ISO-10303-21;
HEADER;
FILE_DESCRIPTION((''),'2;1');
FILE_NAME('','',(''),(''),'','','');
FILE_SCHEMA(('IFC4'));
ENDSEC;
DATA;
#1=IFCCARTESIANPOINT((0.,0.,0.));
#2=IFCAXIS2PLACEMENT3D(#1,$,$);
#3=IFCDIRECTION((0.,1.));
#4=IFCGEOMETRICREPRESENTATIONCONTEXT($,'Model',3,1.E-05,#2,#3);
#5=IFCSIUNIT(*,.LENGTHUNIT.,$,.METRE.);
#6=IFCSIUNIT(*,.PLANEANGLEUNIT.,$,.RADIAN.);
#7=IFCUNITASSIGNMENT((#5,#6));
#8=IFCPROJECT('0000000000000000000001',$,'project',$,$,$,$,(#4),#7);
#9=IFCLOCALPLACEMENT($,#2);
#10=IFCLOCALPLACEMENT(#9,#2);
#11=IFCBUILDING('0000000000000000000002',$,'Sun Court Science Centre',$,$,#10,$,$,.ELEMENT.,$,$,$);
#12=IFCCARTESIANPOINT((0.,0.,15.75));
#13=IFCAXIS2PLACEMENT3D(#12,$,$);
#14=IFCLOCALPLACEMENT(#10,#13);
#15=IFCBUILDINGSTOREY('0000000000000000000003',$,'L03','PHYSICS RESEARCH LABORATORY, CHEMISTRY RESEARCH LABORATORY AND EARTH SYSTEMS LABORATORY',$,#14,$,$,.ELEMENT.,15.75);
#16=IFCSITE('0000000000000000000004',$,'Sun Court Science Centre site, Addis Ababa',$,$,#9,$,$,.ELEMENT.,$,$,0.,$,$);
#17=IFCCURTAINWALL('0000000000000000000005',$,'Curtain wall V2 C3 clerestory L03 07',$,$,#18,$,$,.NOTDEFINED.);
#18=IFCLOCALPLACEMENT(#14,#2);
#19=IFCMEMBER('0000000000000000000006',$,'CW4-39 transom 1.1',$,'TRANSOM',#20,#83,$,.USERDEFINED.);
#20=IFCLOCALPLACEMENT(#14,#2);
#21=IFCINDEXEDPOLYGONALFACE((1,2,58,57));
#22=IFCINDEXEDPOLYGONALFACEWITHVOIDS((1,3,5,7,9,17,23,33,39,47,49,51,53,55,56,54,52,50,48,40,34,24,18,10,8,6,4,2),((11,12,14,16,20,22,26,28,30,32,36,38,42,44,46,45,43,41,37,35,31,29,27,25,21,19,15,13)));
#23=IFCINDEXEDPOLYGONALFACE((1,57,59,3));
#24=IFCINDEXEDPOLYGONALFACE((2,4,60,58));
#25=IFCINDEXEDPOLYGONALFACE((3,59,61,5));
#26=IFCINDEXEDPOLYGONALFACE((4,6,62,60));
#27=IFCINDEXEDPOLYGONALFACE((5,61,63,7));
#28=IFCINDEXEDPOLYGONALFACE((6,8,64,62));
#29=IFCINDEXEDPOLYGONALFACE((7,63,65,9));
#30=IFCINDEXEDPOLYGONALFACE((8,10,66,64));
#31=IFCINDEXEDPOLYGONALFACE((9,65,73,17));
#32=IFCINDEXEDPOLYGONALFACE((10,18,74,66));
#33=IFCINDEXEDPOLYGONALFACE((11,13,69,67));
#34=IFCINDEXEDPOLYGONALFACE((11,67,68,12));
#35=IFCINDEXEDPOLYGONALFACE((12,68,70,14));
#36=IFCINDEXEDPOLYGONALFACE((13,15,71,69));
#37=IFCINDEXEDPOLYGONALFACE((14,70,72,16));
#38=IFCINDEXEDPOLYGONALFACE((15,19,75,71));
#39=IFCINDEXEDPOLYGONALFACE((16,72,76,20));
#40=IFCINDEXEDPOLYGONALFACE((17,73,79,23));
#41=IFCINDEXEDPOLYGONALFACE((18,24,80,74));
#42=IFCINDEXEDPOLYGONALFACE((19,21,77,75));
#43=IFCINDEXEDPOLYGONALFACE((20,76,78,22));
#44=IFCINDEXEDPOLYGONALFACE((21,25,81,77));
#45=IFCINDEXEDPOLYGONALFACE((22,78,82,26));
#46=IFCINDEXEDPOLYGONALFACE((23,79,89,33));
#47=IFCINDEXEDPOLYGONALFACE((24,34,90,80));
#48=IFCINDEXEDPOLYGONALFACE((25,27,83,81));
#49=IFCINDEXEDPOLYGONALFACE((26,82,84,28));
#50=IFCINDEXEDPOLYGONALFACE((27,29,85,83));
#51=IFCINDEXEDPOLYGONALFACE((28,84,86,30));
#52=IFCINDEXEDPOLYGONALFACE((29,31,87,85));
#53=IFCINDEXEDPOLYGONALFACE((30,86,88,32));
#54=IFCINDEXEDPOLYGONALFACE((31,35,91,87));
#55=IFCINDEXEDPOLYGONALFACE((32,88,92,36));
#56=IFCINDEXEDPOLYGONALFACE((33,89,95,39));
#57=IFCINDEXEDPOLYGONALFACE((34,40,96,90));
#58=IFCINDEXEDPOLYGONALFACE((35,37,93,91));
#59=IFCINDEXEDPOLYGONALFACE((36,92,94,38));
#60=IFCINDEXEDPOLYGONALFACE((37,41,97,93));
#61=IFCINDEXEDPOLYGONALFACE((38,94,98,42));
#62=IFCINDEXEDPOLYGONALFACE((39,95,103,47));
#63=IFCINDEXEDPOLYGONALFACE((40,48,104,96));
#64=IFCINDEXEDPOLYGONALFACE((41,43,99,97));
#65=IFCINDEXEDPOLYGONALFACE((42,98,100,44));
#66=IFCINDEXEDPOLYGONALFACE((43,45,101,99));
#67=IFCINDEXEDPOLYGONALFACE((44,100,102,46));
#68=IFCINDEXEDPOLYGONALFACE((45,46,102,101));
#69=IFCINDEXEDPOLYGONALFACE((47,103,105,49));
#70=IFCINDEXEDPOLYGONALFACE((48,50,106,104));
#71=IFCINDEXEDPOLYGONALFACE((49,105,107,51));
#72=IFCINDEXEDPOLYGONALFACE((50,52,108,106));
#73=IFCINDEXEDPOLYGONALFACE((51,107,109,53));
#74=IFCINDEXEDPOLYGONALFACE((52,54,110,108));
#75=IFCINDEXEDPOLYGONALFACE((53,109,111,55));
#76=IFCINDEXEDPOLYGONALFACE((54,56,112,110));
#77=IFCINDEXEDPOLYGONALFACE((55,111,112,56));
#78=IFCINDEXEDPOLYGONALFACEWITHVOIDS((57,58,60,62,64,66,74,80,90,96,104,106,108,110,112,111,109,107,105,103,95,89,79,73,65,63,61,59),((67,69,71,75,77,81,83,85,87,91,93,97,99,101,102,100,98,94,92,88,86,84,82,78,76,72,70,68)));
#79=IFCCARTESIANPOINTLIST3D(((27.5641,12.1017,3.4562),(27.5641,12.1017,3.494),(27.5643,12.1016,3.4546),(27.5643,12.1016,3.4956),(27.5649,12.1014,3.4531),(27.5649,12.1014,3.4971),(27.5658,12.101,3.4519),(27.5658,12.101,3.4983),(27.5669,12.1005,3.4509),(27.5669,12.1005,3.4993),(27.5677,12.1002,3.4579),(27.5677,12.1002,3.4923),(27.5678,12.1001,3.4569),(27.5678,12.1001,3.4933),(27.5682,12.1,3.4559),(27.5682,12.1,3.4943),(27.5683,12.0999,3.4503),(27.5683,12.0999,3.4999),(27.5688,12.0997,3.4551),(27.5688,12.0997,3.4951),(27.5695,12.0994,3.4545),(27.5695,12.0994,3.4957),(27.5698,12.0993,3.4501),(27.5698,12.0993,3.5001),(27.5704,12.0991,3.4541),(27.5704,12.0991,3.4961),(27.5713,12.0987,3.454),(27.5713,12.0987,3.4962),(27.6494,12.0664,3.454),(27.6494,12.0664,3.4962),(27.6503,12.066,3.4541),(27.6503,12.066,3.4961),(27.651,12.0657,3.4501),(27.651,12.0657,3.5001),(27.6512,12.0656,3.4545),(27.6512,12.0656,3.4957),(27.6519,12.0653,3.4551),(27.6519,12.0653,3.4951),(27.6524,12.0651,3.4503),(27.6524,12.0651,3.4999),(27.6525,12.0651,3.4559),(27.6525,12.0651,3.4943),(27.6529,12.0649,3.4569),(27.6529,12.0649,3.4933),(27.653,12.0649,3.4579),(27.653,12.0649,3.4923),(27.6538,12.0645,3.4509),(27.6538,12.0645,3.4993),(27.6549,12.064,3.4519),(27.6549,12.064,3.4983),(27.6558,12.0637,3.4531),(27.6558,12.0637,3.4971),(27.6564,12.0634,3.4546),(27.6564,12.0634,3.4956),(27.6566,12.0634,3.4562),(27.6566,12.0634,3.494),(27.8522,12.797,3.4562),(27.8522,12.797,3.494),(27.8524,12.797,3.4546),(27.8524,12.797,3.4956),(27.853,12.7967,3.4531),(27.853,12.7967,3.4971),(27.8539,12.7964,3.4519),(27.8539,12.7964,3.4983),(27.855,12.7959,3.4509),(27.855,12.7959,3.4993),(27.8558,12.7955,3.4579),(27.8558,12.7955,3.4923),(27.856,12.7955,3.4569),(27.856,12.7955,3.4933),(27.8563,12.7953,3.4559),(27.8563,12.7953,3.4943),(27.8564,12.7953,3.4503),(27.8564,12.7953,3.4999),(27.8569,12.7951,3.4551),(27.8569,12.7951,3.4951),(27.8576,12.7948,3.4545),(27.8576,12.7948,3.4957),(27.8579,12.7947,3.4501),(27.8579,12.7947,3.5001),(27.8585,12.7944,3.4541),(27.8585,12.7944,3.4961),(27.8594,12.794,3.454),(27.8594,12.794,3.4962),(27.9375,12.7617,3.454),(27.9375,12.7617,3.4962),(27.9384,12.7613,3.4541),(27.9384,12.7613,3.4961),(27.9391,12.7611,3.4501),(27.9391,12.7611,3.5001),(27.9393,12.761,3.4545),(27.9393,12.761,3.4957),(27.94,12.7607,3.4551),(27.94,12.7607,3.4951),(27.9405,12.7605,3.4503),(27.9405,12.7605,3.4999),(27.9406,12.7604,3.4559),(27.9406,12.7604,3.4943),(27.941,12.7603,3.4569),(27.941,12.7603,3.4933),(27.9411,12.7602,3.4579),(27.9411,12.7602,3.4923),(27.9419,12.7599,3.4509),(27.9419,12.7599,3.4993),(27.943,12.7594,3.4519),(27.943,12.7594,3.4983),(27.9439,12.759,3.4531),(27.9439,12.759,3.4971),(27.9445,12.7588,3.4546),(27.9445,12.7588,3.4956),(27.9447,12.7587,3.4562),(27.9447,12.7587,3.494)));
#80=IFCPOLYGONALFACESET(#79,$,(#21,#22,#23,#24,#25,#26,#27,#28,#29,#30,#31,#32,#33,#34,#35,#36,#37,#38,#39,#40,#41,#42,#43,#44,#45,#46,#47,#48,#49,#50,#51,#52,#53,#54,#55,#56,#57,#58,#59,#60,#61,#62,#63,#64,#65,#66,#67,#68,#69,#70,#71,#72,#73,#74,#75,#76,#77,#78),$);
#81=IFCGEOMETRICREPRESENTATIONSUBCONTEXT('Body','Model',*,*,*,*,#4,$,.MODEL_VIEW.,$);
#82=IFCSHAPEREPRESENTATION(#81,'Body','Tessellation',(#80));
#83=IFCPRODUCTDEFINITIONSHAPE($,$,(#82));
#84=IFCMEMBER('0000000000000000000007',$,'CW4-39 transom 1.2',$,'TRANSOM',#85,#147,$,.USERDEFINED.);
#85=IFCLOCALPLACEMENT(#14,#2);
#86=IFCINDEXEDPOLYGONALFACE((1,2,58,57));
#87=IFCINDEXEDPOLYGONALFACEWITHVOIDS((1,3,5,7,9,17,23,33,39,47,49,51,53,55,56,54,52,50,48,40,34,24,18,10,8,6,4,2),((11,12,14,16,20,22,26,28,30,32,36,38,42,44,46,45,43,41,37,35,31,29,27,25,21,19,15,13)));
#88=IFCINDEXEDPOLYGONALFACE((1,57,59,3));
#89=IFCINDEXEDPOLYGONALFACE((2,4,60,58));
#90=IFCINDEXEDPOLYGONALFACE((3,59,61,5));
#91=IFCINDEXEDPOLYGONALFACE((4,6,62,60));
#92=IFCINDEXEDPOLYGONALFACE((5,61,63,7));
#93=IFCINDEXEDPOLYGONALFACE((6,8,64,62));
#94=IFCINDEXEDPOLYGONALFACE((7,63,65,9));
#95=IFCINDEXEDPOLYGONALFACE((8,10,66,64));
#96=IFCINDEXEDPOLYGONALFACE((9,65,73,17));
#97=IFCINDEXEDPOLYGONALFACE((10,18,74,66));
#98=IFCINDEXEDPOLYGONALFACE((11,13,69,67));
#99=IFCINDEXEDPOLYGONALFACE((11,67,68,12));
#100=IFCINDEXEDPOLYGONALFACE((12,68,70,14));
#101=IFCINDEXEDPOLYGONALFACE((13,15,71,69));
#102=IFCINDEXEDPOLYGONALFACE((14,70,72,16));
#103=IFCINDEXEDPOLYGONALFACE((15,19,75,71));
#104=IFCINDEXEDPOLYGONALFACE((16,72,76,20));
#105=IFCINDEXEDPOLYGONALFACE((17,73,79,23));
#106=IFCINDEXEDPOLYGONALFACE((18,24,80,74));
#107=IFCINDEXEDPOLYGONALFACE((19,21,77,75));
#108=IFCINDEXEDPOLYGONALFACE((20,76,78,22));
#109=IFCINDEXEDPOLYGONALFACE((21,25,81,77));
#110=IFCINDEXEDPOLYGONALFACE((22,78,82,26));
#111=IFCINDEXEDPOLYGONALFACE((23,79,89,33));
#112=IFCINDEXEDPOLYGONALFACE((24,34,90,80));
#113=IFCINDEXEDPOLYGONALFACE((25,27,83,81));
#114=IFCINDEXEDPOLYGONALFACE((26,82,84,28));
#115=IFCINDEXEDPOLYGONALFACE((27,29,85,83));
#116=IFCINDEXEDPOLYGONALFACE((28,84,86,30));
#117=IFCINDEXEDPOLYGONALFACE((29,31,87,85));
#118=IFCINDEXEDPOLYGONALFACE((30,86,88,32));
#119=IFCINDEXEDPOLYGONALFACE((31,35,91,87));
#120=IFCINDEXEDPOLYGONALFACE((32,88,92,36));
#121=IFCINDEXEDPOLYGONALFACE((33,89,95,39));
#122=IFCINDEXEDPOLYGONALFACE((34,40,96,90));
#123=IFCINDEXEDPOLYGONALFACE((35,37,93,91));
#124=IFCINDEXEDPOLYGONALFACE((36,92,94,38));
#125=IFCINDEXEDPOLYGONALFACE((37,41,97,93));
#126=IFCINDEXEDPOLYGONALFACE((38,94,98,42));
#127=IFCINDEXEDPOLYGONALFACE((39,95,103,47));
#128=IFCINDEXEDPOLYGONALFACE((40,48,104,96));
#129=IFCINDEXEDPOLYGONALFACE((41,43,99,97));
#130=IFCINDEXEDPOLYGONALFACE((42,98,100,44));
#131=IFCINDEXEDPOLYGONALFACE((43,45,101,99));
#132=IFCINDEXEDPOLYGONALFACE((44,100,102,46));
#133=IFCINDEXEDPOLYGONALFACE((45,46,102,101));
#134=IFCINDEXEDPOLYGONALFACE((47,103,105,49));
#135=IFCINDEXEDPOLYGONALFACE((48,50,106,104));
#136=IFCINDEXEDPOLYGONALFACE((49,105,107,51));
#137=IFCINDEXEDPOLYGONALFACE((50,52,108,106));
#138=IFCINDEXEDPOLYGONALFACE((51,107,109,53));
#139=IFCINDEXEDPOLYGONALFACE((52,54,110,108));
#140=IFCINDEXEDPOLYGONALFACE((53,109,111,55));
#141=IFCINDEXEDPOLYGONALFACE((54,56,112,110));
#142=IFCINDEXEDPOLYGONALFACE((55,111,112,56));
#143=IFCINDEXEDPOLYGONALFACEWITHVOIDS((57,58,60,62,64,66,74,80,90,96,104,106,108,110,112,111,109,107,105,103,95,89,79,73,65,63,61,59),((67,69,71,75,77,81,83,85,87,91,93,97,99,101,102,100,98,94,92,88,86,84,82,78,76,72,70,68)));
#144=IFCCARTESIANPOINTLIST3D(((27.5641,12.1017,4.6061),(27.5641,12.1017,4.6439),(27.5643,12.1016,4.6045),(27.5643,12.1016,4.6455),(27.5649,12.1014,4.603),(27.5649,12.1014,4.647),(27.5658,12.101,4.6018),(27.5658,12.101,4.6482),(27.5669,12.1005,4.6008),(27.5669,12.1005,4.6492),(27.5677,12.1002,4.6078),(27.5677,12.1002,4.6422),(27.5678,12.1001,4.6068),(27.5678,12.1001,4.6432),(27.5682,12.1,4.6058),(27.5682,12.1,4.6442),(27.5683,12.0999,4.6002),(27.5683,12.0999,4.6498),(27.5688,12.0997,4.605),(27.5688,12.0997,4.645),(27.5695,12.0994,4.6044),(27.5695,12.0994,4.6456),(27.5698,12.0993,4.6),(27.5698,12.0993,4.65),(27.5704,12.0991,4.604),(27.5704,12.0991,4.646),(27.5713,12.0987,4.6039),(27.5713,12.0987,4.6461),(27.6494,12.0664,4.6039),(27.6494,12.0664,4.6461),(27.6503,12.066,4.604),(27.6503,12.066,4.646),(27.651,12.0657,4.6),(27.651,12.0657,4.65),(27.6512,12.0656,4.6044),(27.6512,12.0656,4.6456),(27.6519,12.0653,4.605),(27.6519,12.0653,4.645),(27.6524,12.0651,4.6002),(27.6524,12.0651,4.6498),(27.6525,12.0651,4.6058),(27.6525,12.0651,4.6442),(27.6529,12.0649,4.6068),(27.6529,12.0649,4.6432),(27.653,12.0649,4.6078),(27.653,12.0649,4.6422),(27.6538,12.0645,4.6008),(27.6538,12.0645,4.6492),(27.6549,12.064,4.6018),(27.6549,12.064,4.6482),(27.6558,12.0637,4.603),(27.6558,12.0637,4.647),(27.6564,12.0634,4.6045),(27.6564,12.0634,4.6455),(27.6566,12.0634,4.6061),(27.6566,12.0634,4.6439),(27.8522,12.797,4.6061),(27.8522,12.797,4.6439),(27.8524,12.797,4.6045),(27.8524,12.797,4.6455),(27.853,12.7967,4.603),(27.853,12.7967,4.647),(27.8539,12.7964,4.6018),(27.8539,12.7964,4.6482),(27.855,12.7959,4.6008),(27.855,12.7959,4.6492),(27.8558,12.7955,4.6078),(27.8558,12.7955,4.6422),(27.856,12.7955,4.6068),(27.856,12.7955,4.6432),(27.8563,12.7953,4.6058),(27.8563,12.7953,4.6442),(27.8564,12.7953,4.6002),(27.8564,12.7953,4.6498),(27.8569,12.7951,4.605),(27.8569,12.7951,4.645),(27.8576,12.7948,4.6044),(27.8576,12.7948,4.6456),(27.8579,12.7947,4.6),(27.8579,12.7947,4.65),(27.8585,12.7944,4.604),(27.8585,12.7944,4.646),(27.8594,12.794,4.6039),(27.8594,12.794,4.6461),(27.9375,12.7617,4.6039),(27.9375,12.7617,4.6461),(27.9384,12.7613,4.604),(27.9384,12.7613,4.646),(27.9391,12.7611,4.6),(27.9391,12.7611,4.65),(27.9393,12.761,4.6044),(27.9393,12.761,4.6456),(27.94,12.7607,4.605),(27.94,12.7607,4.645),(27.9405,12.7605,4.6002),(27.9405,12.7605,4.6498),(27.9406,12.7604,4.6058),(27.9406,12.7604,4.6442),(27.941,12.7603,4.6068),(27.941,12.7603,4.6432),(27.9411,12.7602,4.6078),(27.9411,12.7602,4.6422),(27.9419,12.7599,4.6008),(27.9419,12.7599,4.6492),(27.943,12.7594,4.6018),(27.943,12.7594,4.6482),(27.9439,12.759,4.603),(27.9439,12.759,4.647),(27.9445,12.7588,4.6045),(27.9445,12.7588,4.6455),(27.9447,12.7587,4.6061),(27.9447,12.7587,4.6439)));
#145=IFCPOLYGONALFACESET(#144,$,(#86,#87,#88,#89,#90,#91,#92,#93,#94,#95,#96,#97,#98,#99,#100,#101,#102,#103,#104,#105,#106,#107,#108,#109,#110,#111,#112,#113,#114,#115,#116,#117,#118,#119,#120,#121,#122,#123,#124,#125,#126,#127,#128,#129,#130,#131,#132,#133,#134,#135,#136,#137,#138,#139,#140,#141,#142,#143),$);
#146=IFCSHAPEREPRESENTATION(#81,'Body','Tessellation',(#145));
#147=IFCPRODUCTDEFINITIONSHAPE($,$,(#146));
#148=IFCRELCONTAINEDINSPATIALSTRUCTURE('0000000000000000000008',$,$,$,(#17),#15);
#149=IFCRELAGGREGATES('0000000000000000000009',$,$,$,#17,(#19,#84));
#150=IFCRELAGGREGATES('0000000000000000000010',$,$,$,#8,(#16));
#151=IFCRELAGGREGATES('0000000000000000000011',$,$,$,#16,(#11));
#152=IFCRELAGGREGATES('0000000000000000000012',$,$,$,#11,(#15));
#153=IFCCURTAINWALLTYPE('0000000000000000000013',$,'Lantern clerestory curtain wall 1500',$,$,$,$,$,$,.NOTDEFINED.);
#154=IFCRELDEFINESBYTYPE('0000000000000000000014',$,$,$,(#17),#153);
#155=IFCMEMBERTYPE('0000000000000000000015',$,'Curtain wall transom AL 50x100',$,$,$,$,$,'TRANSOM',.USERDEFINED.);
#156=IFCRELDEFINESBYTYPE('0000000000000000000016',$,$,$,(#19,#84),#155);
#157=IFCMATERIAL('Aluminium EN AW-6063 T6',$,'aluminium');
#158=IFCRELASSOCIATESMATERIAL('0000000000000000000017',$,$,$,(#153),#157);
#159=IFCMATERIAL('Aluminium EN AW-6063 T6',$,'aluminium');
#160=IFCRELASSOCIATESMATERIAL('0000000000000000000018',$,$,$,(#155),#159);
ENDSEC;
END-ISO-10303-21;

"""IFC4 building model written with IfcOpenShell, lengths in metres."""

from ifc_helpers import new_model, si_unit, direction, frame, origin, origin_2d, place, context, subcontext, project, spatial, hollow_rectangle, extrude, material, material_profile, profile_set, type_object, element, aggregate, save


model = new_model("IFC4")

# Units and contexts
model_context = context("Model", 3, precision=1e-05, world=origin(), true_north=direction((0.0, 1.0)))
body_context = subcontext(model_context, "Body", "Model", "MODEL_VIEW")
ifc_project = project(units=[si_unit("LENGTHUNIT", "METRE"), si_unit("PLANEANGLEUNIT", "RADIAN")], contexts=[model_context])

# Site, building, storey
site_placement = place(None, origin())
site = spatial("IfcSite", under=ifc_project, at=site_placement, Name="Sun Court Science Centre site, Addis Ababa", CompositionType="ELEMENT", RefElevation=0.0)
building_placement = place(site_placement, origin())
building = spatial("IfcBuilding", under=site, at=building_placement, Name="Sun Court Science Centre", CompositionType="ELEMENT")
storey_placement = place(building_placement, frame((0.0, 0.0, 15.75)))
storey = spatial("IfcBuildingStorey", under=building, at=storey_placement, Name="L03", Description="PHYSICS RESEARCH LABORATORY, CHEMISTRY RESEARCH LABORATORY AND EARTH SYSTEMS LABORATORY", CompositionType="ELEMENT", Elevation=15.75)

# Curtain wall
ifc_material_1 = material(Name="Aluminium EN AW-6063 T6", Category="aluminium")
curtain_wall_type = type_object("IfcCurtainWallType", Name="Lantern clerestory curtain wall 1500", PredefinedType="NOTDEFINED", material=ifc_material_1)
curtain_wall_1_placement = place(storey_placement, origin())
curtain_wall_1 = element("IfcCurtainWall", 1, at=curtain_wall_1_placement, inside=storey, type_object=curtain_wall_type, Name="Curtain wall V2 C3 clerestory L03 07", PredefinedType="NOTDEFINED")

# Members
ifc_material_2 = material(Name="Aluminium EN AW-6063 T6", Category="aluminium")
ifc_material_profile_1 = material_profile(ifc_material_2, hollow_rectangle(XDim=0.05, YDim=0.1001, WallThickness=0.0039, InnerFilletRadius=0.0039, OuterFilletRadius=0.0061, at=origin_2d()), Name="AL 50x100x4")
ifc_profile_set_1 = profile_set([ifc_material_profile_1], Name="Aluminium EN AW-6063 T6")
member_type_1 = type_object("IfcMemberType", Name="Curtain wall transom AL 50x100", ElementType="TRANSOM", PredefinedType="USERDEFINED", material=ifc_profile_set_1)
member_1_placement = place(storey_placement, frame((27.6104, 12.0825, 3.4751), z_axis=(0.382772, 0.923843, 0.0), x_axis=(0.0, 0.0, 1.0)))
member_1 = element("IfcMember", 2, at=member_1_placement, type_object=member_type_1, Name="CW4-39 transom 1.1", ObjectType="TRANSOM", PredefinedType="USERDEFINED", context=body_context, shape_type="SweptSolid", body=[
    extrude(hollow_rectangle(XDim=0.05, YDim=0.1001, WallThickness=0.0039, InnerFilletRadius=0.0039, OuterFilletRadius=0.0061, at=origin_2d()), origin(), (0.0, 0.0, 1.0), 0.7527),
])
member_2_placement = place(storey_placement, frame((27.6104, 12.0825, 4.625), z_axis=(0.382772, 0.923843, 0.0), x_axis=(0.0, 0.0, 1.0)))
member_2 = element("IfcMember", 3, at=member_2_placement, type_object=member_type_1, Name="CW4-39 transom 1.2", ObjectType="TRANSOM", PredefinedType="USERDEFINED", context=body_context, shape_type="SweptSolid", body=[
    extrude(hollow_rectangle(XDim=0.05, YDim=0.1001, WallThickness=0.0039, InnerFilletRadius=0.0039, OuterFilletRadius=0.0061, at=origin_2d()), origin(), (0.0, 0.0, 1.0), 0.7527),
])

aggregate(curtain_wall_1, [member_1, member_2])

save(model, "model.ifc")
